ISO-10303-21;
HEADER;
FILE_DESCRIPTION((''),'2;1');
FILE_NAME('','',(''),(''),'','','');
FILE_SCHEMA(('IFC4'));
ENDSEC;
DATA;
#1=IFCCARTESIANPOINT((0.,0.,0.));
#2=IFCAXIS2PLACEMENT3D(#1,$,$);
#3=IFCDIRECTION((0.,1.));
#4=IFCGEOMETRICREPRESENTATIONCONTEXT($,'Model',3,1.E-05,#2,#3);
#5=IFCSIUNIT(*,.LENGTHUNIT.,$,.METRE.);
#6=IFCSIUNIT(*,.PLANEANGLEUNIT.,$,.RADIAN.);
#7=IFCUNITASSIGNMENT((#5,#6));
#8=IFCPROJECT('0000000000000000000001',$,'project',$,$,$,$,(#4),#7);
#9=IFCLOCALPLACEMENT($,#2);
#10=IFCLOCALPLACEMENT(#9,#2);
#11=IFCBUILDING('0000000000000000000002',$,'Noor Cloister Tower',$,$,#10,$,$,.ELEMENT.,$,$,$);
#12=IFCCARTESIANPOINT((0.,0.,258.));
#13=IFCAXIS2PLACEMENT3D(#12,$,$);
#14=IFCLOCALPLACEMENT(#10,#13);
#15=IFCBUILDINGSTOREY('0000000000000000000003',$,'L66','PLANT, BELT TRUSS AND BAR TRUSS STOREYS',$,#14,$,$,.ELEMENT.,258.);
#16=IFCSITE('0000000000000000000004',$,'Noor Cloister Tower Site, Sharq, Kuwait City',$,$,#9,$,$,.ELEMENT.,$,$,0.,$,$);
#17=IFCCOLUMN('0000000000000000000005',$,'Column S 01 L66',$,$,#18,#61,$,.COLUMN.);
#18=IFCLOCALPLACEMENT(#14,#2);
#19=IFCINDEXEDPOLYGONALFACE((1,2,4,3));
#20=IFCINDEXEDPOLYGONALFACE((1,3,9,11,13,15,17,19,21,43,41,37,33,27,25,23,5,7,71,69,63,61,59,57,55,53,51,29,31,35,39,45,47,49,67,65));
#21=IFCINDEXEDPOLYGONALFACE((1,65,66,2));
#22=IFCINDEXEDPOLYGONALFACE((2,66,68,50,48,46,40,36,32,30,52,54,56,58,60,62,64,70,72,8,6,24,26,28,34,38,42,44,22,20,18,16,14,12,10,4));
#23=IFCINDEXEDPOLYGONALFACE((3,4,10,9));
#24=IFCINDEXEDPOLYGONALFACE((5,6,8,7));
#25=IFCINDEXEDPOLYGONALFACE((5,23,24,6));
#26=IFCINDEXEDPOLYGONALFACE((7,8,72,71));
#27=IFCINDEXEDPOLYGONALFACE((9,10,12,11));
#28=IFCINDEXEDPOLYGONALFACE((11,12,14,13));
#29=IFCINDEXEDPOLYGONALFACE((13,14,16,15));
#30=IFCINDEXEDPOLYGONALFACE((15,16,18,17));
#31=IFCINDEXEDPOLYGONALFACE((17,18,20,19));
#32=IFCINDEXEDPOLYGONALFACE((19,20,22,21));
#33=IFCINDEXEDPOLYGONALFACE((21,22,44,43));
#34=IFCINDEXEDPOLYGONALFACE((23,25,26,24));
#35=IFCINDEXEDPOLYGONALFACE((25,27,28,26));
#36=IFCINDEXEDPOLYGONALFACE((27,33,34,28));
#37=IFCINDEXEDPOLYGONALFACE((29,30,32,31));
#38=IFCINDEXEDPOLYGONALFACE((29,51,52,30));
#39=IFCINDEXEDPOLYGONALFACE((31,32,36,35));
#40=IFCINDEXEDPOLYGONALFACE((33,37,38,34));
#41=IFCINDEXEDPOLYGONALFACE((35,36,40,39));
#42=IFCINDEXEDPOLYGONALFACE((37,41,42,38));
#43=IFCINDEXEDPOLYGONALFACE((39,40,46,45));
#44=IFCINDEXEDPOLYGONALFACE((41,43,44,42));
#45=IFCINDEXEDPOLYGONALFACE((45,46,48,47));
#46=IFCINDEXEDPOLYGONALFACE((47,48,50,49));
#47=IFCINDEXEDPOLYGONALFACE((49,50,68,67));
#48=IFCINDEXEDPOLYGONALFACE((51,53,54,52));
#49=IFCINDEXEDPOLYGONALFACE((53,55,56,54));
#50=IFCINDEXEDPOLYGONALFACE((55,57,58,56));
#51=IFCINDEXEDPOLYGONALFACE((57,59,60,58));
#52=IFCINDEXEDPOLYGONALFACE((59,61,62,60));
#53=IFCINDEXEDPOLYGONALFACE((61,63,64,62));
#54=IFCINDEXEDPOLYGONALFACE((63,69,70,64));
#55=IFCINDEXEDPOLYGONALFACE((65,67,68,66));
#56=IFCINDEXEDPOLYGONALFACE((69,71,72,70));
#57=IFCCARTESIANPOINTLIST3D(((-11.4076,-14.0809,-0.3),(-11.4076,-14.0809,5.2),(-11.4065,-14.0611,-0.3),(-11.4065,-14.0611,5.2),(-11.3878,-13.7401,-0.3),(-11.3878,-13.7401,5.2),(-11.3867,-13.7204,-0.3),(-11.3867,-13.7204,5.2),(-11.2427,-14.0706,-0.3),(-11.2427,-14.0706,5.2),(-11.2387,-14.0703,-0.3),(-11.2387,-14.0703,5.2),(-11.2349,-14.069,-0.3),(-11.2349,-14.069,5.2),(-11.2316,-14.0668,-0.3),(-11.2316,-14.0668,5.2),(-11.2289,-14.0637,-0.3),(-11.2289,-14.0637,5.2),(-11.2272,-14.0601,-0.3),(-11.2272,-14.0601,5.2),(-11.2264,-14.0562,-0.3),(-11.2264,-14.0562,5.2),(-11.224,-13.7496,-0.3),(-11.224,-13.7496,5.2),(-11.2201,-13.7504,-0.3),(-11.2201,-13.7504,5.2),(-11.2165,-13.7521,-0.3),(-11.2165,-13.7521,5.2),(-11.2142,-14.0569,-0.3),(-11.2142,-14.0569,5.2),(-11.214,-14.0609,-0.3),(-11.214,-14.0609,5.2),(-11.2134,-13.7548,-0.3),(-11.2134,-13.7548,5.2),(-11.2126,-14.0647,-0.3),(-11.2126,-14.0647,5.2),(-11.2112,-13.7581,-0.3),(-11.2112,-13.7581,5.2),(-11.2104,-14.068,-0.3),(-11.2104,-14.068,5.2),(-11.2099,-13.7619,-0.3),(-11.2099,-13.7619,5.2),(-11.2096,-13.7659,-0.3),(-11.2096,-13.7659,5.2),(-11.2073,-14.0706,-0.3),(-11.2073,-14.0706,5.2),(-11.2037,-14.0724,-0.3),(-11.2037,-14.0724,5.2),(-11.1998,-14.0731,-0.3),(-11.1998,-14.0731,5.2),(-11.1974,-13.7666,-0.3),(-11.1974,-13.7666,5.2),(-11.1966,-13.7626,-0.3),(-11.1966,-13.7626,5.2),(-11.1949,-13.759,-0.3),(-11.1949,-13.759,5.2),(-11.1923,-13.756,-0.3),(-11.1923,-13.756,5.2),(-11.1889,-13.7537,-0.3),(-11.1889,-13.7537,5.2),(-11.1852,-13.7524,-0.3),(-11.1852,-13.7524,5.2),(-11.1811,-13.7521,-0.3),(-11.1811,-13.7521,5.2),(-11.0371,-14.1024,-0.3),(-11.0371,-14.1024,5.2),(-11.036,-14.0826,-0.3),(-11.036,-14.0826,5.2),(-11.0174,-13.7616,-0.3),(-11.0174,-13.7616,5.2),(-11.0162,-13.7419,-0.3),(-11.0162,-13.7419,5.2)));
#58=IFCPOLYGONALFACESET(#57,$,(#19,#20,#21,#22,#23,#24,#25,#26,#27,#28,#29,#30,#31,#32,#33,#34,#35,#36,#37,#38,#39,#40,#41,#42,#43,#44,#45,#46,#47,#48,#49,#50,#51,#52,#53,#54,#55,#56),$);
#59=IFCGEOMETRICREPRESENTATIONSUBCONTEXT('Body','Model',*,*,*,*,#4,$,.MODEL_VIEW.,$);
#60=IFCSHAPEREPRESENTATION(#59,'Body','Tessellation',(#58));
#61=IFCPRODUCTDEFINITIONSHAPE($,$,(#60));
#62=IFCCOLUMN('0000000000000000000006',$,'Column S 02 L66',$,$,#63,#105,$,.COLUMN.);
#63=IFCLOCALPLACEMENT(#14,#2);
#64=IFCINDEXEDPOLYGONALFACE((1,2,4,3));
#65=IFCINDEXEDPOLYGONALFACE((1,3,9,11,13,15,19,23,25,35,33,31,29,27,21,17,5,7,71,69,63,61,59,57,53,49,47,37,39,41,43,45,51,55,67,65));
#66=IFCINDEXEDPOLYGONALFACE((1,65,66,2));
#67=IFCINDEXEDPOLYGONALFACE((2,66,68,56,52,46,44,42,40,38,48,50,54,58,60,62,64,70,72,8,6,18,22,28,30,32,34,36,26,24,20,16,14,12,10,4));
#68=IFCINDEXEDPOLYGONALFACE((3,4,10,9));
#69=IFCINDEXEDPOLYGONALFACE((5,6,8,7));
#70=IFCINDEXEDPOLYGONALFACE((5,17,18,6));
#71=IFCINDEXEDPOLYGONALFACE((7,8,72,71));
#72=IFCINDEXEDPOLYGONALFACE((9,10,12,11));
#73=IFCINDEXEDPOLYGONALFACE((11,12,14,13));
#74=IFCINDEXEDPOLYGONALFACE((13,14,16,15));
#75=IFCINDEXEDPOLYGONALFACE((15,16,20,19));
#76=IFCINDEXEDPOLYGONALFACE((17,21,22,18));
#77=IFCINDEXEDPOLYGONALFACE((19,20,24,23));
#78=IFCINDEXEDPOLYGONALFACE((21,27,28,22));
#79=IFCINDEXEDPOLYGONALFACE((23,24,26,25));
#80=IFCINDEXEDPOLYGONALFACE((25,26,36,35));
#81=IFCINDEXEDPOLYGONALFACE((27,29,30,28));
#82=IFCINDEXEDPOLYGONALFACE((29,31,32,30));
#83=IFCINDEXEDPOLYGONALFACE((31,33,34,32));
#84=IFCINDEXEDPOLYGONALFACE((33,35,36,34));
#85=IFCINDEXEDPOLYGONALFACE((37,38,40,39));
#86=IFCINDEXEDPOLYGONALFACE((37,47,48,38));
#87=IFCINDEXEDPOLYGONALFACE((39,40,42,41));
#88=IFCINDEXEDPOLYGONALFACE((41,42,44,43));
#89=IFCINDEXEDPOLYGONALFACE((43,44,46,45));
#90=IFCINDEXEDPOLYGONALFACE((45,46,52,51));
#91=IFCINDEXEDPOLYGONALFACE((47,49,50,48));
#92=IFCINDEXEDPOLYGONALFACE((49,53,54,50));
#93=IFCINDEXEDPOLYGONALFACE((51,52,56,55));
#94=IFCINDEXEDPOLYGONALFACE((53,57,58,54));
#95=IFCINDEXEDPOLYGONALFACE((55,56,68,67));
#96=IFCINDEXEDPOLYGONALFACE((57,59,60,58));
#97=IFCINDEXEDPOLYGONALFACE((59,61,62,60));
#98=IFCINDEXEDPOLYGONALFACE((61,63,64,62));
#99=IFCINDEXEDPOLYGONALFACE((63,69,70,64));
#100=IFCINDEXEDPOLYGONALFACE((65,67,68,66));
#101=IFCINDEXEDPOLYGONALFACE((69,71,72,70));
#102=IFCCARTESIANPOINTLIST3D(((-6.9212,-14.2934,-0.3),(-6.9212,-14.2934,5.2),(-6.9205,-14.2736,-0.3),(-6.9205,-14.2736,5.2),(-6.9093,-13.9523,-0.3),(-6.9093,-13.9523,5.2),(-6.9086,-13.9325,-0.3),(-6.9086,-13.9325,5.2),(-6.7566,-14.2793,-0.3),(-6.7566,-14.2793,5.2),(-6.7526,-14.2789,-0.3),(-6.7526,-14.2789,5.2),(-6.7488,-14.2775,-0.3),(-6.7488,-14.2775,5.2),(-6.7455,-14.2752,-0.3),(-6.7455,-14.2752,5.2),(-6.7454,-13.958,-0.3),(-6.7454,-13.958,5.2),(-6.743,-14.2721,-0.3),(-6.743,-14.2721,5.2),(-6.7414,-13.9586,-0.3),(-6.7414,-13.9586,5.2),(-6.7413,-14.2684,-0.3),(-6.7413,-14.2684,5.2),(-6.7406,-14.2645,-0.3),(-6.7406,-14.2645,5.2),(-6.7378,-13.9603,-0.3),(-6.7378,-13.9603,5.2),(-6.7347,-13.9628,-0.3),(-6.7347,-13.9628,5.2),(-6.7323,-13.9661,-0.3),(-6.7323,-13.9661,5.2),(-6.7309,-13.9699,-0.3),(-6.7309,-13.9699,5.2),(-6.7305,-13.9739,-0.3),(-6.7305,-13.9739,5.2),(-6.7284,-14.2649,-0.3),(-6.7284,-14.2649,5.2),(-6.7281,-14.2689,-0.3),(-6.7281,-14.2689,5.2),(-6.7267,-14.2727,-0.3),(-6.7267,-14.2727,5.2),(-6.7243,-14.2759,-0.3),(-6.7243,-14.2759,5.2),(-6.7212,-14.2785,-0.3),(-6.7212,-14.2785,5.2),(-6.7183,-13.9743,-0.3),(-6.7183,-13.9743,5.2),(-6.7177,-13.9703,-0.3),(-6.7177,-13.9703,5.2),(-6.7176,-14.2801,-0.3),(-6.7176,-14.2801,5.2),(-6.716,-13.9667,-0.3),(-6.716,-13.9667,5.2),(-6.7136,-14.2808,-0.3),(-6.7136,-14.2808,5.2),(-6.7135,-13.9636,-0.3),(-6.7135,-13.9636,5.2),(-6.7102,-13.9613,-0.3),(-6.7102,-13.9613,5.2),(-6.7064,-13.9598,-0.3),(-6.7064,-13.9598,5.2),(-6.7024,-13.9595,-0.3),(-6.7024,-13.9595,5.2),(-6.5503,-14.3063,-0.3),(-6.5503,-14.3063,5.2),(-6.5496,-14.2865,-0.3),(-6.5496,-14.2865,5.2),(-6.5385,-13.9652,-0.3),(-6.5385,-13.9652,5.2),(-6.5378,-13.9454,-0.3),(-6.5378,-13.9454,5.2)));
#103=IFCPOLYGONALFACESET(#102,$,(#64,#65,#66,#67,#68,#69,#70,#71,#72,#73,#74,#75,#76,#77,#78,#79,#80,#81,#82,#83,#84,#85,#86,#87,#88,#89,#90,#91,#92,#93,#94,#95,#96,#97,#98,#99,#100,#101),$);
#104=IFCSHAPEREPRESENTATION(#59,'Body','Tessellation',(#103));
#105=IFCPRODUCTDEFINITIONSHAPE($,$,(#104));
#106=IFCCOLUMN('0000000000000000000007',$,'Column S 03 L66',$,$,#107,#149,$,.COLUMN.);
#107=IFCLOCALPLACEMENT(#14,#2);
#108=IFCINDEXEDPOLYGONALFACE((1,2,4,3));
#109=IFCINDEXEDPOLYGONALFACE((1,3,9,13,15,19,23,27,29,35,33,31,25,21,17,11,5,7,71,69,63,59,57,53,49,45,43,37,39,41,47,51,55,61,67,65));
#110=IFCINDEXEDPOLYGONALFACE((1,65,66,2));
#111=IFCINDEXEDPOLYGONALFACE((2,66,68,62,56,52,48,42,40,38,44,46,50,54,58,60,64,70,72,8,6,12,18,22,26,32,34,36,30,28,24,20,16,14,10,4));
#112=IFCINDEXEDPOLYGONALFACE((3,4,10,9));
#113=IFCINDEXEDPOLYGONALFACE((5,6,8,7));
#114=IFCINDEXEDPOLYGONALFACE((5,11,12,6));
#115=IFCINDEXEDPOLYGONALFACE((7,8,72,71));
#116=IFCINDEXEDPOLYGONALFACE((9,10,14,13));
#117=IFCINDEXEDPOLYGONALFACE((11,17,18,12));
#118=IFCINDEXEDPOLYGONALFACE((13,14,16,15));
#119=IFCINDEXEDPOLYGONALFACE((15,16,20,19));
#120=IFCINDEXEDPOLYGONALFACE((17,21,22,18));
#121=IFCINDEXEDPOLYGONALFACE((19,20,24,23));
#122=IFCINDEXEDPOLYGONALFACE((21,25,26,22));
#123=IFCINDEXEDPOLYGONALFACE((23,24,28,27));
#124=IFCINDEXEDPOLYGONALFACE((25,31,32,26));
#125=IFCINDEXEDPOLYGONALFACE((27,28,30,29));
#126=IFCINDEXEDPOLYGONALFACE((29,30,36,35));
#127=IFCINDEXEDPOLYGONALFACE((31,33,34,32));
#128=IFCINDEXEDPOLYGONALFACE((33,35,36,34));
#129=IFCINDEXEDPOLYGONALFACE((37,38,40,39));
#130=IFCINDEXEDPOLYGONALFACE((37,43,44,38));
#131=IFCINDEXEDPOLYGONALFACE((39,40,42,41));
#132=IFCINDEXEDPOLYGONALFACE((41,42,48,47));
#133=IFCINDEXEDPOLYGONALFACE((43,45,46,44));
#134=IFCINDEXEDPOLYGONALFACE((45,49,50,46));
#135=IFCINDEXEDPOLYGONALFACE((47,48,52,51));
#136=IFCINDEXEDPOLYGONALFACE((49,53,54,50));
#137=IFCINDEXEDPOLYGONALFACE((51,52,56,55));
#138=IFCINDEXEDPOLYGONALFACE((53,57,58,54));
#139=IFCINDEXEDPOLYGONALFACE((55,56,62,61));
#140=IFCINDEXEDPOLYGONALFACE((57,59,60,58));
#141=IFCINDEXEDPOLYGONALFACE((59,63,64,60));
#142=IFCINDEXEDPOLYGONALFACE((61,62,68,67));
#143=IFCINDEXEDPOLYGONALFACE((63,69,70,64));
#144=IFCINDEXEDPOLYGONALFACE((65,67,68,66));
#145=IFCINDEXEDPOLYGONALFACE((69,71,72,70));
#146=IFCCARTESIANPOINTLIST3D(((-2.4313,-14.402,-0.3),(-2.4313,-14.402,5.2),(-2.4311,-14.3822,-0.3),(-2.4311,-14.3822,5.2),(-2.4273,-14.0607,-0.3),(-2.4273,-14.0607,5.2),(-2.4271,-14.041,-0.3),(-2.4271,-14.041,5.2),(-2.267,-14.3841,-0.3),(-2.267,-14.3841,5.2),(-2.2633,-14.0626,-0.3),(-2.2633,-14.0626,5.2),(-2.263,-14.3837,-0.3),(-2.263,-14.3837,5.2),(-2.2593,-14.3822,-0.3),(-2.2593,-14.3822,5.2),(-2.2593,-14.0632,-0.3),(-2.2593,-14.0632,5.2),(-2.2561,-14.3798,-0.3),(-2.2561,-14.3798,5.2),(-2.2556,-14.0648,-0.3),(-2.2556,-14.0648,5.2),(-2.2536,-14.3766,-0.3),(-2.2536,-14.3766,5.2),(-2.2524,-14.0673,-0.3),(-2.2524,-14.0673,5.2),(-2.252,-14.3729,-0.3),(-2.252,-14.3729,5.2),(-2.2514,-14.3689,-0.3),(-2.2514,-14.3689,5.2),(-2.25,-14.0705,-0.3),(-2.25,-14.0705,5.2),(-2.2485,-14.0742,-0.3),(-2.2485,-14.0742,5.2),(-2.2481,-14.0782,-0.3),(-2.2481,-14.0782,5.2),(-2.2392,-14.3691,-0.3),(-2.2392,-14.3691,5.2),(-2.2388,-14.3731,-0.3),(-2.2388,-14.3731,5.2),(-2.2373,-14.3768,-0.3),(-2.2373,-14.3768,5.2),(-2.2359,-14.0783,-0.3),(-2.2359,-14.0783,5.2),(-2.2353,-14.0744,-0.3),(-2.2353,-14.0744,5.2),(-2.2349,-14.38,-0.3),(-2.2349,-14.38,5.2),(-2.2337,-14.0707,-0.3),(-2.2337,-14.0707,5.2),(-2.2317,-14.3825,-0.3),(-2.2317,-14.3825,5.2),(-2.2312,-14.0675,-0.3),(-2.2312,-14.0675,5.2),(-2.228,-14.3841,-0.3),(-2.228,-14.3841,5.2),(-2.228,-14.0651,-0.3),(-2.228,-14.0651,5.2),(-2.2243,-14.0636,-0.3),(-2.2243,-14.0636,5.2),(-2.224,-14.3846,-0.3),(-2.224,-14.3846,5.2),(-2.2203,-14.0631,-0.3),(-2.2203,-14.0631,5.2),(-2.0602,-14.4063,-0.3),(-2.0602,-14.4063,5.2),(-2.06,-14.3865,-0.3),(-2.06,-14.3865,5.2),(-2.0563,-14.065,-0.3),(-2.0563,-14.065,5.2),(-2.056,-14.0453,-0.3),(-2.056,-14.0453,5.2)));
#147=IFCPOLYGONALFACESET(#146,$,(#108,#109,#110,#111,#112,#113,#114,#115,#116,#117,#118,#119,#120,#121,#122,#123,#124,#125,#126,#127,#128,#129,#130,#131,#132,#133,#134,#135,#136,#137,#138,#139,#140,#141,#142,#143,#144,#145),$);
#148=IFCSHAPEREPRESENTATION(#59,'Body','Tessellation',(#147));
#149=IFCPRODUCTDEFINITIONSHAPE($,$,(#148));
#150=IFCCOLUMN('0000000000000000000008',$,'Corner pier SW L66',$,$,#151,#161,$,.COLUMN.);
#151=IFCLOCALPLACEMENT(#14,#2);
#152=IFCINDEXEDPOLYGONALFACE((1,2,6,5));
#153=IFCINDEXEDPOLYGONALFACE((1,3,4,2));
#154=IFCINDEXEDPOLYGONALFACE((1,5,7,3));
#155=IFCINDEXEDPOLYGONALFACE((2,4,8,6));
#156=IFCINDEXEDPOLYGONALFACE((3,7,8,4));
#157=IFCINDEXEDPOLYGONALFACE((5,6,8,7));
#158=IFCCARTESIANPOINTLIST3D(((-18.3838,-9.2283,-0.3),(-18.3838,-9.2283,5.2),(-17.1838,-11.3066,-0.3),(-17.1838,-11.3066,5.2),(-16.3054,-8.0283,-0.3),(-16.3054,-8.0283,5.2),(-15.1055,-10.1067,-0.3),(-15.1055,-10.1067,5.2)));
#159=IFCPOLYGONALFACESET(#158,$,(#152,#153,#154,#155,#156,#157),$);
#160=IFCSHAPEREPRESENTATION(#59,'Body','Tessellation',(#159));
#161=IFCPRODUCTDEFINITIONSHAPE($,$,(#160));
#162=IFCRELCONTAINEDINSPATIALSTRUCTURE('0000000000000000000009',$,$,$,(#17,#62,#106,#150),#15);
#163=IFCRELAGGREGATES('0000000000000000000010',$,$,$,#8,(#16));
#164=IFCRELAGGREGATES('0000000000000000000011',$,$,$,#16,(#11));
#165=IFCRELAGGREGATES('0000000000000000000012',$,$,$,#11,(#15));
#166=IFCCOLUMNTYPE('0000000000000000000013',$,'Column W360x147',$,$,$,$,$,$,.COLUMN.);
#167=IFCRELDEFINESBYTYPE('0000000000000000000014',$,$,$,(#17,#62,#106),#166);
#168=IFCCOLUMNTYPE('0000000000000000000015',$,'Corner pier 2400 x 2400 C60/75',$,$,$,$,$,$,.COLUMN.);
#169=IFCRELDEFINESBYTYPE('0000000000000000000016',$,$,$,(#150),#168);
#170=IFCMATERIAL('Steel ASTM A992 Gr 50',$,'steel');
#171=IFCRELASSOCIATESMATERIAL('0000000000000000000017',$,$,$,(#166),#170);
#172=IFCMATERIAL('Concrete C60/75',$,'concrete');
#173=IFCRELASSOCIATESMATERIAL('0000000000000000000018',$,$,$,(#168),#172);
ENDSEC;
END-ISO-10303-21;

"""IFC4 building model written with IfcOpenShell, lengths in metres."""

from ifc_helpers import new_model, si_unit, direction, frame, origin, origin_2d, place, context, subcontext, project, spatial, rectangle, i_section, extrude, material, material_profile, profile_set, type_object, element, save


model = new_model("IFC4")

# Units and contexts
model_context = context("Model", 3, precision=1e-05, world=origin(), true_north=direction((0.0, 1.0)))
body_context = subcontext(model_context, "Body", "Model", "MODEL_VIEW")
ifc_project = project(units=[si_unit("LENGTHUNIT", "METRE"), si_unit("PLANEANGLEUNIT", "RADIAN")], contexts=[model_context])

# Site, building, storey
site_placement = place(None, origin())
site = spatial("IfcSite", under=ifc_project, at=site_placement, Name="Noor Cloister Tower Site, Sharq, Kuwait City", CompositionType="ELEMENT", RefElevation=0.0)
building_placement = place(site_placement, origin())
building = spatial("IfcBuilding", under=site, at=building_placement, Name="Noor Cloister Tower", CompositionType="ELEMENT")
storey_placement = place(building_placement, frame((0.0, 0.0, 258.0)))
storey = spatial("IfcBuildingStorey", under=building, at=storey_placement, Name="L66", Description="PLANT, BELT TRUSS AND BAR TRUSS STOREYS", CompositionType="ELEMENT", Elevation=258.0)

# Columns
ifc_material_1 = material(Name="Steel ASTM A992 Gr 50", Category="steel")
ifc_material_profile_1 = material_profile(ifc_material_1, i_section(OverallWidth=0.3711, OverallDepth=0.3611, WebThickness=0.0122, FlangeThickness=0.0198, FilletRadius=0.0154, at=origin_2d()), Name="W360x147")
ifc_profile_set_1 = profile_set([ifc_material_profile_1], Name="Steel ASTM A992 Gr 50")
column_type_1 = type_object("IfcColumnType", Name="Column W360x147", PredefinedType="COLUMN", material=ifc_profile_set_1)
for number, where, z_axis, x_axis, name in (
    (1, (-11.2119, -13.9114, -0.3), (0.0, 0.0, 1.0), (0.99832, -0.057948, 0.0), "Column S 01 L66"),
    (2, (-6.7295, -14.1194, -0.3), (0.0, 0.0, 1.0), (0.999395, -0.034782, 0.0), "Column S 02 L66"),
    (3, (-2.2437, -14.2236, -0.3), (0.0, 0.0, 1.0), (0.999933, -0.011596, 0.0), "Column S 03 L66"),
):
    element("IfcColumn", number, at=place(storey_placement, frame(where, z_axis=z_axis, x_axis=x_axis)), inside=storey, type_object=column_type_1, Name=name, PredefinedType="COLUMN", context=body_context, shape_type="SweptSolid", body=[
        extrude(i_section(OverallWidth=0.3711, OverallDepth=0.3611, WebThickness=0.0122, FlangeThickness=0.0198, FilletRadius=0.0154, at=origin_2d()), origin(), (0.0, 0.0, 1.0), 5.5),
    ])
ifc_material_2 = material(Name="Concrete C60/75", Category="concrete")
ifc_material_profile_2 = material_profile(ifc_material_2, rectangle(XDim=2.3999, YDim=2.3999, at=origin_2d()), Name="RC 2400x2400")
ifc_profile_set_2 = profile_set([ifc_material_profile_2], Name="Concrete C60/75")
column_type_2 = type_object("IfcColumnType", Name="Corner pier 2400 x 2400 C60/75", PredefinedType="COLUMN", material=ifc_profile_set_2)
column_placement = place(storey_placement, frame((-16.7446, -9.6675, -0.3), z_axis=(0.0, 0.0, 1.0), x_axis=(-0.866025, -0.5, 0.0)))
element("IfcColumn", 4, at=column_placement, inside=storey, type_object=column_type_2, Name="Corner pier SW L66", PredefinedType="COLUMN", context=body_context, shape_type="SweptSolid", body=[
    extrude(rectangle(XDim=2.3999, YDim=2.3999, at=origin_2d()), origin(), (0.0, 0.0, 1.0), 5.5),
])

save(model, "model.ifc")
